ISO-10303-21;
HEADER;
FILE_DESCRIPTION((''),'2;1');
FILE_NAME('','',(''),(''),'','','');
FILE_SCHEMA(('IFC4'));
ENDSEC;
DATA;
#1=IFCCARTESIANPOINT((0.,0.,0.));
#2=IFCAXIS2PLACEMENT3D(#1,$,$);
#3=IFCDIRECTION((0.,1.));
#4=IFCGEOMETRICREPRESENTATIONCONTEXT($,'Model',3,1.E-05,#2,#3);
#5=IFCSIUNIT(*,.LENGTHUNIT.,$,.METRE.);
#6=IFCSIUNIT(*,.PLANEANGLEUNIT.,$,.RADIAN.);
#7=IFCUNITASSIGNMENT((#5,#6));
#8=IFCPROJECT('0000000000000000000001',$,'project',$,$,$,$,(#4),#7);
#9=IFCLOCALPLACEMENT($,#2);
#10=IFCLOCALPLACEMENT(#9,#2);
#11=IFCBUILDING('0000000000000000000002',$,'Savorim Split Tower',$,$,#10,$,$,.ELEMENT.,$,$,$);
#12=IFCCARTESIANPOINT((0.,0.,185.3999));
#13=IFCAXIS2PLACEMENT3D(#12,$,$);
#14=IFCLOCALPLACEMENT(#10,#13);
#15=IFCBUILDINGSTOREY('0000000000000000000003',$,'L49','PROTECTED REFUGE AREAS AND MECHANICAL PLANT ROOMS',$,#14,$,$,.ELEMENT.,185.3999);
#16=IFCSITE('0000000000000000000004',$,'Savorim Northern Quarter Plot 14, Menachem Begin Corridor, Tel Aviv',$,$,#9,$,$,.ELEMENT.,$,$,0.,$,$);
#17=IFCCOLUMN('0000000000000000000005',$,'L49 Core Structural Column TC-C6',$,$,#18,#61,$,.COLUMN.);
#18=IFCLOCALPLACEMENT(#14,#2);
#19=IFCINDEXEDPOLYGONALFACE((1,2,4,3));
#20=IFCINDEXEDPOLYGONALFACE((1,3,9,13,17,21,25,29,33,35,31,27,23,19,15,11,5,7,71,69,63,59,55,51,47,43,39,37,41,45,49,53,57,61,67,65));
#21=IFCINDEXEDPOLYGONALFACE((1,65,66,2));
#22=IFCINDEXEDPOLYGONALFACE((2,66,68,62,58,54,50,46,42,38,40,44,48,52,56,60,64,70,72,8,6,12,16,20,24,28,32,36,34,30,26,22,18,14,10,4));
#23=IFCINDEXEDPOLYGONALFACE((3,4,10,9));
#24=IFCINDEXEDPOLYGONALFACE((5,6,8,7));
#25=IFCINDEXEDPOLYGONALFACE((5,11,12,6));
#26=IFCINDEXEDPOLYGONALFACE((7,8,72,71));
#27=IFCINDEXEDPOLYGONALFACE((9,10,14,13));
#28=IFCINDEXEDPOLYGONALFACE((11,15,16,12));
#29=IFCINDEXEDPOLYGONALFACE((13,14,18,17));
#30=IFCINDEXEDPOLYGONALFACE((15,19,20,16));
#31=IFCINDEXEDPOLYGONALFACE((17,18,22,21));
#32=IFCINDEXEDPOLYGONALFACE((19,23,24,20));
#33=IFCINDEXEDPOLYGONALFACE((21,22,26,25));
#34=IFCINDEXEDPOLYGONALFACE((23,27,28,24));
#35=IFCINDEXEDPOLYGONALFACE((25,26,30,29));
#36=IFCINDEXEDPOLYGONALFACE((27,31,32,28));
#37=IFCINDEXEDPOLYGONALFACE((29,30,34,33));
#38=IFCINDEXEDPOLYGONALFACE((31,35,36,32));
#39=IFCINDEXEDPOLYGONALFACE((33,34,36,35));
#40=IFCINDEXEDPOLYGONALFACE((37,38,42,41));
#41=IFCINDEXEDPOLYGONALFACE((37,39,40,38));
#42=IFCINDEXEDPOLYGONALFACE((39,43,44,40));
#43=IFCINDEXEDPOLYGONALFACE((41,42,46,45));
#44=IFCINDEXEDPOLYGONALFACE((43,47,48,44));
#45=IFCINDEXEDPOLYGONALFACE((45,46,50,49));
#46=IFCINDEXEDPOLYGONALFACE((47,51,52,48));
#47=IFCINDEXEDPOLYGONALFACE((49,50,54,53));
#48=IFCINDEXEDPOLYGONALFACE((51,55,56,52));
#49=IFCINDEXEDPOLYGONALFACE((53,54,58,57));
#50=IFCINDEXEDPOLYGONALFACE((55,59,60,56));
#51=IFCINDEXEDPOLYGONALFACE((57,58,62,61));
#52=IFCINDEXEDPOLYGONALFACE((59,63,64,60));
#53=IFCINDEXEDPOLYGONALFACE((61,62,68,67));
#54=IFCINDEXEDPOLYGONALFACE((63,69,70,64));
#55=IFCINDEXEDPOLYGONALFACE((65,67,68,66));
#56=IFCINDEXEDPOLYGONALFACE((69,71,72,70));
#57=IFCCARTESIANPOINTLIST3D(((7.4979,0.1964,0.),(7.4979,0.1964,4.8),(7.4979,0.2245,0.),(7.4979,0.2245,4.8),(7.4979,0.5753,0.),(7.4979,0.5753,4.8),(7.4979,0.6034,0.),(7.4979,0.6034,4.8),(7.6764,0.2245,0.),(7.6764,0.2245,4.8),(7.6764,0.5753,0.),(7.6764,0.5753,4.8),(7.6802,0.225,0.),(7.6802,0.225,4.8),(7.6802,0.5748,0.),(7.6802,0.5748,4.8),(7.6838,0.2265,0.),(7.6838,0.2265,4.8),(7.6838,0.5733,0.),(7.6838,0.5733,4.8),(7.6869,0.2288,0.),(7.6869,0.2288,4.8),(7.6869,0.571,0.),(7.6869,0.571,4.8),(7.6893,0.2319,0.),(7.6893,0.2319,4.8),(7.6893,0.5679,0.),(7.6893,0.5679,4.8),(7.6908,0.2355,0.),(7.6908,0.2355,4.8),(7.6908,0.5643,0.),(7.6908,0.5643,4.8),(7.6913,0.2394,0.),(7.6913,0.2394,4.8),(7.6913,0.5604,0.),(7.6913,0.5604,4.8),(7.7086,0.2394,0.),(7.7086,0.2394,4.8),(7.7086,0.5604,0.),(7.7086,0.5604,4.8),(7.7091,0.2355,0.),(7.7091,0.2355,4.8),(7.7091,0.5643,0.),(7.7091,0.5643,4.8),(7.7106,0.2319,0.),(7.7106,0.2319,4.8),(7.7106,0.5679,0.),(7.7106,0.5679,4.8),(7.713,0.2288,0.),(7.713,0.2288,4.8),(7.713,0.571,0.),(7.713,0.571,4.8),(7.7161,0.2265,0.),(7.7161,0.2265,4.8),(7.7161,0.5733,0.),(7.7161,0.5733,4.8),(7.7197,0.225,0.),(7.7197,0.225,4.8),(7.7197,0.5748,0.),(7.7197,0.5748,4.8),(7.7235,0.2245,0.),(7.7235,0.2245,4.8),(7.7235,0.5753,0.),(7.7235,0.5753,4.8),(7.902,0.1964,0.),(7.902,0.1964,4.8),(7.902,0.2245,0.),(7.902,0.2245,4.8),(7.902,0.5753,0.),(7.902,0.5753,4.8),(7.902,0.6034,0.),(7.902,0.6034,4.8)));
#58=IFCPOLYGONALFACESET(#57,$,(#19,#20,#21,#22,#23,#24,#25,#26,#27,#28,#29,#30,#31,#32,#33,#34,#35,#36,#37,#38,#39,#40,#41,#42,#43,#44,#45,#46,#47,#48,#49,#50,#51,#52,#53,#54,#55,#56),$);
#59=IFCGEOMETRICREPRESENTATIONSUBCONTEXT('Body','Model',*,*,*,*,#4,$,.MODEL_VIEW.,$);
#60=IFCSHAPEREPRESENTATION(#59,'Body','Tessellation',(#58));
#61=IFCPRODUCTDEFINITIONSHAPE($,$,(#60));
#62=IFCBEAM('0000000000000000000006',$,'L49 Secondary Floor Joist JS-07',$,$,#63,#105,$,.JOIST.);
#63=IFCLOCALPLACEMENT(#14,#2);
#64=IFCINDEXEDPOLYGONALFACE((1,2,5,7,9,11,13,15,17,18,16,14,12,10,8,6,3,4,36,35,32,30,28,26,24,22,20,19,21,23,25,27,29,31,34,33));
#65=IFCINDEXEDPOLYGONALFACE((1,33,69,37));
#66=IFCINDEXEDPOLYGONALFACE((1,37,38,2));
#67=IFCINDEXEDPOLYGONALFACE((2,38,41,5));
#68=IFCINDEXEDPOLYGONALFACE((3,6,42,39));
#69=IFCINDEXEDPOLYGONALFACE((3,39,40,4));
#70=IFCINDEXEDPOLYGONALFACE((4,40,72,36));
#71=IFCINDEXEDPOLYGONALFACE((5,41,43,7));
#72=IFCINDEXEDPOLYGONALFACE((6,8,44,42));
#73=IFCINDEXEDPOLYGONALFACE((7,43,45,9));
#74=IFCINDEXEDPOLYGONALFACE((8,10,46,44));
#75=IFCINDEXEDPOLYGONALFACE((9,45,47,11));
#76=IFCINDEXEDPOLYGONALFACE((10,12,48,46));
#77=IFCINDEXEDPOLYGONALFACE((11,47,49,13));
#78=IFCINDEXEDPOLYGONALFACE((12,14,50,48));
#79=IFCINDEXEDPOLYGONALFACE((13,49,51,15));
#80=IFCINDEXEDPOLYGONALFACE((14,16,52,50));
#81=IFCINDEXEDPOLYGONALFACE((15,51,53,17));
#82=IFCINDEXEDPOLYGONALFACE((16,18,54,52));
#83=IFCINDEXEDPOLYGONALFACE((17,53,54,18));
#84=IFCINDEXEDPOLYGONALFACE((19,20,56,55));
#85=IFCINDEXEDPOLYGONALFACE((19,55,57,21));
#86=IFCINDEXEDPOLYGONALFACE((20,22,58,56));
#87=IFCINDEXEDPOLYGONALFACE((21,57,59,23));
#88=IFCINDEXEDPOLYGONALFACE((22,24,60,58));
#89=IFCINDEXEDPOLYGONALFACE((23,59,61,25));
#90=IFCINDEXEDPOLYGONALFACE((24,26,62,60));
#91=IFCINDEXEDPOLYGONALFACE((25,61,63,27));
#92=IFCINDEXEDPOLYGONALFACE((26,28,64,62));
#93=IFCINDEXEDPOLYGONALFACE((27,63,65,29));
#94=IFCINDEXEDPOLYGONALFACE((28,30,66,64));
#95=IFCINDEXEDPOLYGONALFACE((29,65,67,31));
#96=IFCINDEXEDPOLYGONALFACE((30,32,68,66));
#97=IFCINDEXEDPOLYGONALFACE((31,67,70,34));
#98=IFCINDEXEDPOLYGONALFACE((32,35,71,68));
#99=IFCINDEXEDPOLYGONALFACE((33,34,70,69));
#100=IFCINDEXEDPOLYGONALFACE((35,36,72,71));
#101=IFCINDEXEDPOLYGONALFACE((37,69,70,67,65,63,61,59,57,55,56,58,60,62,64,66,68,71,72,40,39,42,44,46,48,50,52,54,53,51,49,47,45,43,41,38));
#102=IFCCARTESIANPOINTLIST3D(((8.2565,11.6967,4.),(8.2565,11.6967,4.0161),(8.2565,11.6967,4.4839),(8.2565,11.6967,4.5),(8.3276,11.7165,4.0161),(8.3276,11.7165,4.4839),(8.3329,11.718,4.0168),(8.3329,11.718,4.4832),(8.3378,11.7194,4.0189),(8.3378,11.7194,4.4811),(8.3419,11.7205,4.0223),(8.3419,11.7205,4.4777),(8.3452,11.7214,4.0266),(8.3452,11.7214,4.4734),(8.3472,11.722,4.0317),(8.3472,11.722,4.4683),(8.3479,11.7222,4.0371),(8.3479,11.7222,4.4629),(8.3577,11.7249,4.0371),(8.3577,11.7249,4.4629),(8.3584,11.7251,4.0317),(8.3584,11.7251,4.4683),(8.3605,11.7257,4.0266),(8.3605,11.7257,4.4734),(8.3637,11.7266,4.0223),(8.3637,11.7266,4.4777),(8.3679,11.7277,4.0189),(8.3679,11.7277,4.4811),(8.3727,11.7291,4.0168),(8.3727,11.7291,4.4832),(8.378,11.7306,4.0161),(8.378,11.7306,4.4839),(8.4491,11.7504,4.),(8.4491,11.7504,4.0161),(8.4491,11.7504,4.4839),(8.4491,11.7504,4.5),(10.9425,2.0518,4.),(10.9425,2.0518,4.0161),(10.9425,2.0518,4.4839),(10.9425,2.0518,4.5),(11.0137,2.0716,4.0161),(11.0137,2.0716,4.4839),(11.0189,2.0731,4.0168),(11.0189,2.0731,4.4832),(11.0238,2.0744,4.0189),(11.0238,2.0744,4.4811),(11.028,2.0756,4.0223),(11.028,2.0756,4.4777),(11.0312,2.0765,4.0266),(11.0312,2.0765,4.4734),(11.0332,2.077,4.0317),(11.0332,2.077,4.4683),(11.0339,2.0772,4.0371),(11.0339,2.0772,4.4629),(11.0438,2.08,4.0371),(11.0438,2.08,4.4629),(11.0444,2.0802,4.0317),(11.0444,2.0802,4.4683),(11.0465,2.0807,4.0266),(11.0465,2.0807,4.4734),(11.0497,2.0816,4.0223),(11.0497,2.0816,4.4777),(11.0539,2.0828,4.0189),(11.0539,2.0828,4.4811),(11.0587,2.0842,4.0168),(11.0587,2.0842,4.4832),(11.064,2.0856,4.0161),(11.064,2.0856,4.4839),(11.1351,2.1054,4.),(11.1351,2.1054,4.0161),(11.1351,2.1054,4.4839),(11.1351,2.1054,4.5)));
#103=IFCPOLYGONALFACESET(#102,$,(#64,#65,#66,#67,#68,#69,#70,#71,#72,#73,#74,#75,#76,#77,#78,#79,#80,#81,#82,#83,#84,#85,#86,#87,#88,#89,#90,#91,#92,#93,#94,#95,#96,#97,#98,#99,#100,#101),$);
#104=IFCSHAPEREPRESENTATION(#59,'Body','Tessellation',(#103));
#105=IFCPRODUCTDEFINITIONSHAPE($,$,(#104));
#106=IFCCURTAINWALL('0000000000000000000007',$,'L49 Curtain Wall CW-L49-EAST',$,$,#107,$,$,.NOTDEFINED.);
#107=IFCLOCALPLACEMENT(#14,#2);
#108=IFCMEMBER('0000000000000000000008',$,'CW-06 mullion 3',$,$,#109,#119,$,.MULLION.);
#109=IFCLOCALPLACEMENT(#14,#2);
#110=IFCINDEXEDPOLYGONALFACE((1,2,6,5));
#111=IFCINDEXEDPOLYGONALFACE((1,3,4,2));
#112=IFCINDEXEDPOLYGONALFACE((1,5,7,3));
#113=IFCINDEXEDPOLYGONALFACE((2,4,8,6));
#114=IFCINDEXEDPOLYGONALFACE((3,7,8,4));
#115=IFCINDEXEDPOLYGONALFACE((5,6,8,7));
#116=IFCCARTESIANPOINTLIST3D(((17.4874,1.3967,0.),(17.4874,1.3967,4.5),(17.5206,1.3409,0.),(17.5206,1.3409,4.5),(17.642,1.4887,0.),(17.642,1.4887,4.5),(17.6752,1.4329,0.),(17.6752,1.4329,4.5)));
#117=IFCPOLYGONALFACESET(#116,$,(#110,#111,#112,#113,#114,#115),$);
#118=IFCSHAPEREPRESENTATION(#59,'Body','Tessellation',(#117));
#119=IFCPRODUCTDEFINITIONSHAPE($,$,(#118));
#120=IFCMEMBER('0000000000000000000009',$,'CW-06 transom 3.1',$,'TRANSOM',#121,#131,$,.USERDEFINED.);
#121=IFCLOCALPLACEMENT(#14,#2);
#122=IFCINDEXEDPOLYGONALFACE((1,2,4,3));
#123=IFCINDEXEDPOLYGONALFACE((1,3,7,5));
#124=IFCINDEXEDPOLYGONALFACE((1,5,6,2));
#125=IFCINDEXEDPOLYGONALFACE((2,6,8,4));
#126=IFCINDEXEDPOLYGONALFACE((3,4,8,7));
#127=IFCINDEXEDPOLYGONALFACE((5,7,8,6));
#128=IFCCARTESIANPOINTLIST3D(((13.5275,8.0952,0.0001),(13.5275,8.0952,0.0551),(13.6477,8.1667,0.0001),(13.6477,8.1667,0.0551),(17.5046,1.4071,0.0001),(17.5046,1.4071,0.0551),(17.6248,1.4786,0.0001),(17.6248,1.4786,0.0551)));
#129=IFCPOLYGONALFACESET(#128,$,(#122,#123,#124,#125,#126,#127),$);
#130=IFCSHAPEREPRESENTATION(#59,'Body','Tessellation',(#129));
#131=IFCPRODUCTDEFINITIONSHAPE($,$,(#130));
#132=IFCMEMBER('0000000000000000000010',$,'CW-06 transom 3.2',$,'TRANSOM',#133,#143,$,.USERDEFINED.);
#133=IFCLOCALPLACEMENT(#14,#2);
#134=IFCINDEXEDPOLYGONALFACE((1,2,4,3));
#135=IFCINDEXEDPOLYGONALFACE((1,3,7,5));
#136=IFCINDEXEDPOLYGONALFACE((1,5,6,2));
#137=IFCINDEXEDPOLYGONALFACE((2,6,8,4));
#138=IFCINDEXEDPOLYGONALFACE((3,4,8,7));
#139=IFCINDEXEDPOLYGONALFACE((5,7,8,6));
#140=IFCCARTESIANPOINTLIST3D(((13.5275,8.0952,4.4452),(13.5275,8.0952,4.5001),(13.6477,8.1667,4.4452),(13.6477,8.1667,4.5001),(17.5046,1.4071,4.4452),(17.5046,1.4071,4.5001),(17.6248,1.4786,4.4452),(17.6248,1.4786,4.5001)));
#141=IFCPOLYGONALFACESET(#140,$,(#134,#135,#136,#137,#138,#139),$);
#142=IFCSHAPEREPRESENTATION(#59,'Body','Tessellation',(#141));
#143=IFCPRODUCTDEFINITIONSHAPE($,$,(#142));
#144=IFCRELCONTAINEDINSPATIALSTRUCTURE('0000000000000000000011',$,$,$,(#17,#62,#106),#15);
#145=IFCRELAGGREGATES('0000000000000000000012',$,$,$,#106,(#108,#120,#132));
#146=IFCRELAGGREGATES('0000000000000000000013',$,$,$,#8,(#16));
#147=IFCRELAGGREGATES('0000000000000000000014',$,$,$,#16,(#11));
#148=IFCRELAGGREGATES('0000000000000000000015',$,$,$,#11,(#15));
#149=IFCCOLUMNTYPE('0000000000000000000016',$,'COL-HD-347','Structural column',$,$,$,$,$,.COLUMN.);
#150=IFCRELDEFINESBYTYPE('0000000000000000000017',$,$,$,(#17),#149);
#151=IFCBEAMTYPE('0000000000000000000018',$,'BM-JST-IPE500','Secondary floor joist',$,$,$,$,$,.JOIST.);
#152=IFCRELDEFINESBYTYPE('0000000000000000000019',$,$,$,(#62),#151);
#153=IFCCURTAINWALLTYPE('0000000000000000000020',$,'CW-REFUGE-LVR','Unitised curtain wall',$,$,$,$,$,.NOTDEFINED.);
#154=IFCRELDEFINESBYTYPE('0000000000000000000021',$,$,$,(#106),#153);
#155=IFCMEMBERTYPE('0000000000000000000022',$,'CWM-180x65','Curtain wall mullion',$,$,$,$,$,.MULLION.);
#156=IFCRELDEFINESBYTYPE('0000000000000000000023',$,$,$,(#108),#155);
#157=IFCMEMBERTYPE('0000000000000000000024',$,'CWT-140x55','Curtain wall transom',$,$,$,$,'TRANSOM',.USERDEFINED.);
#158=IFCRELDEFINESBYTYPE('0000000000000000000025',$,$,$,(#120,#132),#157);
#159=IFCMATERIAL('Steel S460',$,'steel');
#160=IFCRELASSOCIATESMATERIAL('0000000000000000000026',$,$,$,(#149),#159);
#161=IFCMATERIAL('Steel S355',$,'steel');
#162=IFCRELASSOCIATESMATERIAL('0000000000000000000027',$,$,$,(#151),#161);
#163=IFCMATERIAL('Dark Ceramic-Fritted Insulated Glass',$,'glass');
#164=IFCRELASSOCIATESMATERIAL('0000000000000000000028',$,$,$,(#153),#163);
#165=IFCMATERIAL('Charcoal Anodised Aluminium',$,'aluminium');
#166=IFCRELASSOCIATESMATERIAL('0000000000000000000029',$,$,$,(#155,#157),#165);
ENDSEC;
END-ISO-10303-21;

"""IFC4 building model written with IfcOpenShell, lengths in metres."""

from ifc_helpers import new_model, si_unit, direction, frame, origin, origin_2d, place, context, subcontext, project, spatial, rectangle, i_section, extrude, material, material_profile, profile_set, type_object, element, aggregate, save


model = new_model("IFC4")

# Units and contexts
model_context = context("Model", 3, precision=1e-05, world=origin(), true_north=direction((0.0, 1.0)))
body_context = subcontext(model_context, "Body", "Model", "MODEL_VIEW")
ifc_project = project(units=[si_unit("LENGTHUNIT", "METRE"), si_unit("PLANEANGLEUNIT", "RADIAN")], contexts=[model_context])

# Site, building, storey
site_placement = place(None, origin())
site = spatial("IfcSite", under=ifc_project, at=site_placement, Name="Savorim Northern Quarter Plot 14, Menachem Begin Corridor, Tel Aviv", CompositionType="ELEMENT", RefElevation=0.0)
building_placement = place(site_placement, origin())
building = spatial("IfcBuilding", under=site, at=building_placement, Name="Savorim Split Tower", CompositionType="ELEMENT")
storey_placement = place(building_placement, frame((0.0, 0.0, 185.3999)))
storey = spatial("IfcBuildingStorey", under=building, at=storey_placement, Name="L49", Description="PROTECTED REFUGE AREAS AND MECHANICAL PLANT ROOMS", CompositionType="ELEMENT", Elevation=185.3999)

# Column
ifc_material_1 = material(Name="Steel S460", Category="steel")
ifc_material_profile_1 = material_profile(ifc_material_1, i_section(OverallWidth=0.4041, OverallDepth=0.407, WebThickness=0.0173, FlangeThickness=0.0281, FilletRadius=0.0149, at=origin_2d()), Name="HD 400x347")
ifc_profile_set_1 = profile_set([ifc_material_profile_1], Name="Steel S460")
column_type = type_object("IfcColumnType", Name="COL-HD-347", Description="Structural column", PredefinedType="COLUMN", material=ifc_profile_set_1)
column_placement = place(storey_placement, frame((7.7, 0.3999, 0.0), z_axis=(0.0, 0.0, 1.0), x_axis=(1.0, 0.0, 0.0)))
element("IfcColumn", 1, at=column_placement, inside=storey, type_object=column_type, Name="L49 Core Structural Column TC-C6", PredefinedType="COLUMN", context=body_context, shape_type="SweptSolid", body=[
    extrude(i_section(OverallWidth=0.4041, OverallDepth=0.407, WebThickness=0.0173, FlangeThickness=0.0281, FilletRadius=0.0149, at=origin_2d()), origin(), (0.0, 0.0, 1.0), 4.8),
])

# Beam
ifc_material_2 = material(Name="Steel S355", Category="steel")
ifc_material_profile_2 = material_profile(ifc_material_2, i_section(OverallWidth=0.2, OverallDepth=0.5, WebThickness=0.0103, FlangeThickness=0.0161, FilletRadius=0.021, at=origin_2d()), Name="IPE 500")
ifc_profile_set_2 = profile_set([ifc_material_profile_2], Name="Steel S355")
beam_type = type_object("IfcBeamType", Name="BM-JST-IPE500", Description="Secondary floor joist", PredefinedType="JOIST", material=ifc_profile_set_2)
beam_placement = place(storey_placement, frame((11.0388, 2.0786, 4.25), z_axis=(-0.26828, 0.963341, 0.0), x_axis=(-0.963341, -0.26828, 0.0)))
element("IfcBeam", 2, at=beam_placement, inside=storey, type_object=beam_type, Name="L49 Secondary Floor Joist JS-07", PredefinedType="JOIST", context=body_context, shape_type="SweptSolid", body=[
    extrude(i_section(OverallWidth=0.2, OverallDepth=0.5, WebThickness=0.0103, FlangeThickness=0.0161, FilletRadius=0.021, at=origin_2d()), origin(), (0.0, 0.0, 1.0), 10.012),
])

# Curtain wall, members
ifc_material_3 = material(Name="Dark Ceramic-Fritted Insulated Glass", Category="glass")
curtain_wall_type = type_object("IfcCurtainWallType", Name="CW-REFUGE-LVR", Description="Unitised curtain wall", PredefinedType="NOTDEFINED", material=ifc_material_3)
curtain_wall_placement = place(storey_placement, origin())
curtain_wall = element("IfcCurtainWall", 3, at=curtain_wall_placement, inside=storey, type_object=curtain_wall_type, Name="L49 Curtain Wall CW-L49-EAST", PredefinedType="NOTDEFINED")
ifc_material_4 = material(Name="Charcoal Anodised Aluminium", Category="aluminium")
ifc_material_profile_3 = material_profile(ifc_material_4, rectangle(XDim=0.1799, YDim=0.0649, at=origin_2d()), Name="ALU-M 180x65")
ifc_profile_set_3 = profile_set([ifc_material_profile_3], Name="Charcoal Anodised Aluminium")
member_type_1 = type_object("IfcMemberType", Name="CWM-180x65", Description="Curtain wall mullion", PredefinedType="MULLION", material=ifc_profile_set_3)
member_1_placement = place(storey_placement, frame((17.5813, 1.4148, 0.0), z_axis=(0.0, 0.0, 1.0), x_axis=(-0.859526, -0.511092, 0.0)))
member_1 = element("IfcMember", 4, at=member_1_placement, type_object=member_type_1, Name="CW-06 mullion 3", PredefinedType="MULLION", context=body_context, shape_type="SweptSolid", body=[
    extrude(rectangle(XDim=0.1799, YDim=0.0649, at=origin_2d()), origin(), (0.0, 0.0, 1.0), 4.5),
])
ifc_material_profile_4 = material_profile(ifc_material_4, rectangle(XDim=0.1399, YDim=0.0549, at=origin_2d()), Name="ALU-T 140x55")
ifc_profile_set_4 = profile_set([ifc_material_profile_4], Name="Charcoal Anodised Aluminium")
member_type_2 = type_object("IfcMemberType", Name="CWT-140x55", Description="Curtain wall transom", ElementType="TRANSOM", PredefinedType="USERDEFINED", material=ifc_profile_set_4)
member_2_placement = place(storey_placement, frame((17.5647, 1.4429, 0.0276), z_axis=(-0.511114, 0.859513, 0.0), x_axis=(-0.859513, -0.511114, 0.0)))
member_2 = element("IfcMember", 5, at=member_2_placement, type_object=member_type_2, Name="CW-06 transom 3.1", ObjectType="TRANSOM", PredefinedType="USERDEFINED", context=body_context, shape_type="SweptSolid", body=[
    extrude(rectangle(XDim=0.1399, YDim=0.0549, at=origin_2d()), origin(), (0.0, 0.0, 1.0), 7.7812),
])
member_3_placement = place(storey_placement, frame((17.5647, 1.4429, 4.4727), z_axis=(-0.511114, 0.859513, 0.0), x_axis=(-0.859513, -0.511114, 0.0)))
member_3 = element("IfcMember", 6, at=member_3_placement, type_object=member_type_2, Name="CW-06 transom 3.2", ObjectType="TRANSOM", PredefinedType="USERDEFINED", context=body_context, shape_type="SweptSolid", body=[
    extrude(rectangle(XDim=0.1399, YDim=0.0549, at=origin_2d()), origin(), (0.0, 0.0, 1.0), 7.7812),
])

aggregate(curtain_wall, [member_1, member_2, member_3])

save(model, "model.ifc")
